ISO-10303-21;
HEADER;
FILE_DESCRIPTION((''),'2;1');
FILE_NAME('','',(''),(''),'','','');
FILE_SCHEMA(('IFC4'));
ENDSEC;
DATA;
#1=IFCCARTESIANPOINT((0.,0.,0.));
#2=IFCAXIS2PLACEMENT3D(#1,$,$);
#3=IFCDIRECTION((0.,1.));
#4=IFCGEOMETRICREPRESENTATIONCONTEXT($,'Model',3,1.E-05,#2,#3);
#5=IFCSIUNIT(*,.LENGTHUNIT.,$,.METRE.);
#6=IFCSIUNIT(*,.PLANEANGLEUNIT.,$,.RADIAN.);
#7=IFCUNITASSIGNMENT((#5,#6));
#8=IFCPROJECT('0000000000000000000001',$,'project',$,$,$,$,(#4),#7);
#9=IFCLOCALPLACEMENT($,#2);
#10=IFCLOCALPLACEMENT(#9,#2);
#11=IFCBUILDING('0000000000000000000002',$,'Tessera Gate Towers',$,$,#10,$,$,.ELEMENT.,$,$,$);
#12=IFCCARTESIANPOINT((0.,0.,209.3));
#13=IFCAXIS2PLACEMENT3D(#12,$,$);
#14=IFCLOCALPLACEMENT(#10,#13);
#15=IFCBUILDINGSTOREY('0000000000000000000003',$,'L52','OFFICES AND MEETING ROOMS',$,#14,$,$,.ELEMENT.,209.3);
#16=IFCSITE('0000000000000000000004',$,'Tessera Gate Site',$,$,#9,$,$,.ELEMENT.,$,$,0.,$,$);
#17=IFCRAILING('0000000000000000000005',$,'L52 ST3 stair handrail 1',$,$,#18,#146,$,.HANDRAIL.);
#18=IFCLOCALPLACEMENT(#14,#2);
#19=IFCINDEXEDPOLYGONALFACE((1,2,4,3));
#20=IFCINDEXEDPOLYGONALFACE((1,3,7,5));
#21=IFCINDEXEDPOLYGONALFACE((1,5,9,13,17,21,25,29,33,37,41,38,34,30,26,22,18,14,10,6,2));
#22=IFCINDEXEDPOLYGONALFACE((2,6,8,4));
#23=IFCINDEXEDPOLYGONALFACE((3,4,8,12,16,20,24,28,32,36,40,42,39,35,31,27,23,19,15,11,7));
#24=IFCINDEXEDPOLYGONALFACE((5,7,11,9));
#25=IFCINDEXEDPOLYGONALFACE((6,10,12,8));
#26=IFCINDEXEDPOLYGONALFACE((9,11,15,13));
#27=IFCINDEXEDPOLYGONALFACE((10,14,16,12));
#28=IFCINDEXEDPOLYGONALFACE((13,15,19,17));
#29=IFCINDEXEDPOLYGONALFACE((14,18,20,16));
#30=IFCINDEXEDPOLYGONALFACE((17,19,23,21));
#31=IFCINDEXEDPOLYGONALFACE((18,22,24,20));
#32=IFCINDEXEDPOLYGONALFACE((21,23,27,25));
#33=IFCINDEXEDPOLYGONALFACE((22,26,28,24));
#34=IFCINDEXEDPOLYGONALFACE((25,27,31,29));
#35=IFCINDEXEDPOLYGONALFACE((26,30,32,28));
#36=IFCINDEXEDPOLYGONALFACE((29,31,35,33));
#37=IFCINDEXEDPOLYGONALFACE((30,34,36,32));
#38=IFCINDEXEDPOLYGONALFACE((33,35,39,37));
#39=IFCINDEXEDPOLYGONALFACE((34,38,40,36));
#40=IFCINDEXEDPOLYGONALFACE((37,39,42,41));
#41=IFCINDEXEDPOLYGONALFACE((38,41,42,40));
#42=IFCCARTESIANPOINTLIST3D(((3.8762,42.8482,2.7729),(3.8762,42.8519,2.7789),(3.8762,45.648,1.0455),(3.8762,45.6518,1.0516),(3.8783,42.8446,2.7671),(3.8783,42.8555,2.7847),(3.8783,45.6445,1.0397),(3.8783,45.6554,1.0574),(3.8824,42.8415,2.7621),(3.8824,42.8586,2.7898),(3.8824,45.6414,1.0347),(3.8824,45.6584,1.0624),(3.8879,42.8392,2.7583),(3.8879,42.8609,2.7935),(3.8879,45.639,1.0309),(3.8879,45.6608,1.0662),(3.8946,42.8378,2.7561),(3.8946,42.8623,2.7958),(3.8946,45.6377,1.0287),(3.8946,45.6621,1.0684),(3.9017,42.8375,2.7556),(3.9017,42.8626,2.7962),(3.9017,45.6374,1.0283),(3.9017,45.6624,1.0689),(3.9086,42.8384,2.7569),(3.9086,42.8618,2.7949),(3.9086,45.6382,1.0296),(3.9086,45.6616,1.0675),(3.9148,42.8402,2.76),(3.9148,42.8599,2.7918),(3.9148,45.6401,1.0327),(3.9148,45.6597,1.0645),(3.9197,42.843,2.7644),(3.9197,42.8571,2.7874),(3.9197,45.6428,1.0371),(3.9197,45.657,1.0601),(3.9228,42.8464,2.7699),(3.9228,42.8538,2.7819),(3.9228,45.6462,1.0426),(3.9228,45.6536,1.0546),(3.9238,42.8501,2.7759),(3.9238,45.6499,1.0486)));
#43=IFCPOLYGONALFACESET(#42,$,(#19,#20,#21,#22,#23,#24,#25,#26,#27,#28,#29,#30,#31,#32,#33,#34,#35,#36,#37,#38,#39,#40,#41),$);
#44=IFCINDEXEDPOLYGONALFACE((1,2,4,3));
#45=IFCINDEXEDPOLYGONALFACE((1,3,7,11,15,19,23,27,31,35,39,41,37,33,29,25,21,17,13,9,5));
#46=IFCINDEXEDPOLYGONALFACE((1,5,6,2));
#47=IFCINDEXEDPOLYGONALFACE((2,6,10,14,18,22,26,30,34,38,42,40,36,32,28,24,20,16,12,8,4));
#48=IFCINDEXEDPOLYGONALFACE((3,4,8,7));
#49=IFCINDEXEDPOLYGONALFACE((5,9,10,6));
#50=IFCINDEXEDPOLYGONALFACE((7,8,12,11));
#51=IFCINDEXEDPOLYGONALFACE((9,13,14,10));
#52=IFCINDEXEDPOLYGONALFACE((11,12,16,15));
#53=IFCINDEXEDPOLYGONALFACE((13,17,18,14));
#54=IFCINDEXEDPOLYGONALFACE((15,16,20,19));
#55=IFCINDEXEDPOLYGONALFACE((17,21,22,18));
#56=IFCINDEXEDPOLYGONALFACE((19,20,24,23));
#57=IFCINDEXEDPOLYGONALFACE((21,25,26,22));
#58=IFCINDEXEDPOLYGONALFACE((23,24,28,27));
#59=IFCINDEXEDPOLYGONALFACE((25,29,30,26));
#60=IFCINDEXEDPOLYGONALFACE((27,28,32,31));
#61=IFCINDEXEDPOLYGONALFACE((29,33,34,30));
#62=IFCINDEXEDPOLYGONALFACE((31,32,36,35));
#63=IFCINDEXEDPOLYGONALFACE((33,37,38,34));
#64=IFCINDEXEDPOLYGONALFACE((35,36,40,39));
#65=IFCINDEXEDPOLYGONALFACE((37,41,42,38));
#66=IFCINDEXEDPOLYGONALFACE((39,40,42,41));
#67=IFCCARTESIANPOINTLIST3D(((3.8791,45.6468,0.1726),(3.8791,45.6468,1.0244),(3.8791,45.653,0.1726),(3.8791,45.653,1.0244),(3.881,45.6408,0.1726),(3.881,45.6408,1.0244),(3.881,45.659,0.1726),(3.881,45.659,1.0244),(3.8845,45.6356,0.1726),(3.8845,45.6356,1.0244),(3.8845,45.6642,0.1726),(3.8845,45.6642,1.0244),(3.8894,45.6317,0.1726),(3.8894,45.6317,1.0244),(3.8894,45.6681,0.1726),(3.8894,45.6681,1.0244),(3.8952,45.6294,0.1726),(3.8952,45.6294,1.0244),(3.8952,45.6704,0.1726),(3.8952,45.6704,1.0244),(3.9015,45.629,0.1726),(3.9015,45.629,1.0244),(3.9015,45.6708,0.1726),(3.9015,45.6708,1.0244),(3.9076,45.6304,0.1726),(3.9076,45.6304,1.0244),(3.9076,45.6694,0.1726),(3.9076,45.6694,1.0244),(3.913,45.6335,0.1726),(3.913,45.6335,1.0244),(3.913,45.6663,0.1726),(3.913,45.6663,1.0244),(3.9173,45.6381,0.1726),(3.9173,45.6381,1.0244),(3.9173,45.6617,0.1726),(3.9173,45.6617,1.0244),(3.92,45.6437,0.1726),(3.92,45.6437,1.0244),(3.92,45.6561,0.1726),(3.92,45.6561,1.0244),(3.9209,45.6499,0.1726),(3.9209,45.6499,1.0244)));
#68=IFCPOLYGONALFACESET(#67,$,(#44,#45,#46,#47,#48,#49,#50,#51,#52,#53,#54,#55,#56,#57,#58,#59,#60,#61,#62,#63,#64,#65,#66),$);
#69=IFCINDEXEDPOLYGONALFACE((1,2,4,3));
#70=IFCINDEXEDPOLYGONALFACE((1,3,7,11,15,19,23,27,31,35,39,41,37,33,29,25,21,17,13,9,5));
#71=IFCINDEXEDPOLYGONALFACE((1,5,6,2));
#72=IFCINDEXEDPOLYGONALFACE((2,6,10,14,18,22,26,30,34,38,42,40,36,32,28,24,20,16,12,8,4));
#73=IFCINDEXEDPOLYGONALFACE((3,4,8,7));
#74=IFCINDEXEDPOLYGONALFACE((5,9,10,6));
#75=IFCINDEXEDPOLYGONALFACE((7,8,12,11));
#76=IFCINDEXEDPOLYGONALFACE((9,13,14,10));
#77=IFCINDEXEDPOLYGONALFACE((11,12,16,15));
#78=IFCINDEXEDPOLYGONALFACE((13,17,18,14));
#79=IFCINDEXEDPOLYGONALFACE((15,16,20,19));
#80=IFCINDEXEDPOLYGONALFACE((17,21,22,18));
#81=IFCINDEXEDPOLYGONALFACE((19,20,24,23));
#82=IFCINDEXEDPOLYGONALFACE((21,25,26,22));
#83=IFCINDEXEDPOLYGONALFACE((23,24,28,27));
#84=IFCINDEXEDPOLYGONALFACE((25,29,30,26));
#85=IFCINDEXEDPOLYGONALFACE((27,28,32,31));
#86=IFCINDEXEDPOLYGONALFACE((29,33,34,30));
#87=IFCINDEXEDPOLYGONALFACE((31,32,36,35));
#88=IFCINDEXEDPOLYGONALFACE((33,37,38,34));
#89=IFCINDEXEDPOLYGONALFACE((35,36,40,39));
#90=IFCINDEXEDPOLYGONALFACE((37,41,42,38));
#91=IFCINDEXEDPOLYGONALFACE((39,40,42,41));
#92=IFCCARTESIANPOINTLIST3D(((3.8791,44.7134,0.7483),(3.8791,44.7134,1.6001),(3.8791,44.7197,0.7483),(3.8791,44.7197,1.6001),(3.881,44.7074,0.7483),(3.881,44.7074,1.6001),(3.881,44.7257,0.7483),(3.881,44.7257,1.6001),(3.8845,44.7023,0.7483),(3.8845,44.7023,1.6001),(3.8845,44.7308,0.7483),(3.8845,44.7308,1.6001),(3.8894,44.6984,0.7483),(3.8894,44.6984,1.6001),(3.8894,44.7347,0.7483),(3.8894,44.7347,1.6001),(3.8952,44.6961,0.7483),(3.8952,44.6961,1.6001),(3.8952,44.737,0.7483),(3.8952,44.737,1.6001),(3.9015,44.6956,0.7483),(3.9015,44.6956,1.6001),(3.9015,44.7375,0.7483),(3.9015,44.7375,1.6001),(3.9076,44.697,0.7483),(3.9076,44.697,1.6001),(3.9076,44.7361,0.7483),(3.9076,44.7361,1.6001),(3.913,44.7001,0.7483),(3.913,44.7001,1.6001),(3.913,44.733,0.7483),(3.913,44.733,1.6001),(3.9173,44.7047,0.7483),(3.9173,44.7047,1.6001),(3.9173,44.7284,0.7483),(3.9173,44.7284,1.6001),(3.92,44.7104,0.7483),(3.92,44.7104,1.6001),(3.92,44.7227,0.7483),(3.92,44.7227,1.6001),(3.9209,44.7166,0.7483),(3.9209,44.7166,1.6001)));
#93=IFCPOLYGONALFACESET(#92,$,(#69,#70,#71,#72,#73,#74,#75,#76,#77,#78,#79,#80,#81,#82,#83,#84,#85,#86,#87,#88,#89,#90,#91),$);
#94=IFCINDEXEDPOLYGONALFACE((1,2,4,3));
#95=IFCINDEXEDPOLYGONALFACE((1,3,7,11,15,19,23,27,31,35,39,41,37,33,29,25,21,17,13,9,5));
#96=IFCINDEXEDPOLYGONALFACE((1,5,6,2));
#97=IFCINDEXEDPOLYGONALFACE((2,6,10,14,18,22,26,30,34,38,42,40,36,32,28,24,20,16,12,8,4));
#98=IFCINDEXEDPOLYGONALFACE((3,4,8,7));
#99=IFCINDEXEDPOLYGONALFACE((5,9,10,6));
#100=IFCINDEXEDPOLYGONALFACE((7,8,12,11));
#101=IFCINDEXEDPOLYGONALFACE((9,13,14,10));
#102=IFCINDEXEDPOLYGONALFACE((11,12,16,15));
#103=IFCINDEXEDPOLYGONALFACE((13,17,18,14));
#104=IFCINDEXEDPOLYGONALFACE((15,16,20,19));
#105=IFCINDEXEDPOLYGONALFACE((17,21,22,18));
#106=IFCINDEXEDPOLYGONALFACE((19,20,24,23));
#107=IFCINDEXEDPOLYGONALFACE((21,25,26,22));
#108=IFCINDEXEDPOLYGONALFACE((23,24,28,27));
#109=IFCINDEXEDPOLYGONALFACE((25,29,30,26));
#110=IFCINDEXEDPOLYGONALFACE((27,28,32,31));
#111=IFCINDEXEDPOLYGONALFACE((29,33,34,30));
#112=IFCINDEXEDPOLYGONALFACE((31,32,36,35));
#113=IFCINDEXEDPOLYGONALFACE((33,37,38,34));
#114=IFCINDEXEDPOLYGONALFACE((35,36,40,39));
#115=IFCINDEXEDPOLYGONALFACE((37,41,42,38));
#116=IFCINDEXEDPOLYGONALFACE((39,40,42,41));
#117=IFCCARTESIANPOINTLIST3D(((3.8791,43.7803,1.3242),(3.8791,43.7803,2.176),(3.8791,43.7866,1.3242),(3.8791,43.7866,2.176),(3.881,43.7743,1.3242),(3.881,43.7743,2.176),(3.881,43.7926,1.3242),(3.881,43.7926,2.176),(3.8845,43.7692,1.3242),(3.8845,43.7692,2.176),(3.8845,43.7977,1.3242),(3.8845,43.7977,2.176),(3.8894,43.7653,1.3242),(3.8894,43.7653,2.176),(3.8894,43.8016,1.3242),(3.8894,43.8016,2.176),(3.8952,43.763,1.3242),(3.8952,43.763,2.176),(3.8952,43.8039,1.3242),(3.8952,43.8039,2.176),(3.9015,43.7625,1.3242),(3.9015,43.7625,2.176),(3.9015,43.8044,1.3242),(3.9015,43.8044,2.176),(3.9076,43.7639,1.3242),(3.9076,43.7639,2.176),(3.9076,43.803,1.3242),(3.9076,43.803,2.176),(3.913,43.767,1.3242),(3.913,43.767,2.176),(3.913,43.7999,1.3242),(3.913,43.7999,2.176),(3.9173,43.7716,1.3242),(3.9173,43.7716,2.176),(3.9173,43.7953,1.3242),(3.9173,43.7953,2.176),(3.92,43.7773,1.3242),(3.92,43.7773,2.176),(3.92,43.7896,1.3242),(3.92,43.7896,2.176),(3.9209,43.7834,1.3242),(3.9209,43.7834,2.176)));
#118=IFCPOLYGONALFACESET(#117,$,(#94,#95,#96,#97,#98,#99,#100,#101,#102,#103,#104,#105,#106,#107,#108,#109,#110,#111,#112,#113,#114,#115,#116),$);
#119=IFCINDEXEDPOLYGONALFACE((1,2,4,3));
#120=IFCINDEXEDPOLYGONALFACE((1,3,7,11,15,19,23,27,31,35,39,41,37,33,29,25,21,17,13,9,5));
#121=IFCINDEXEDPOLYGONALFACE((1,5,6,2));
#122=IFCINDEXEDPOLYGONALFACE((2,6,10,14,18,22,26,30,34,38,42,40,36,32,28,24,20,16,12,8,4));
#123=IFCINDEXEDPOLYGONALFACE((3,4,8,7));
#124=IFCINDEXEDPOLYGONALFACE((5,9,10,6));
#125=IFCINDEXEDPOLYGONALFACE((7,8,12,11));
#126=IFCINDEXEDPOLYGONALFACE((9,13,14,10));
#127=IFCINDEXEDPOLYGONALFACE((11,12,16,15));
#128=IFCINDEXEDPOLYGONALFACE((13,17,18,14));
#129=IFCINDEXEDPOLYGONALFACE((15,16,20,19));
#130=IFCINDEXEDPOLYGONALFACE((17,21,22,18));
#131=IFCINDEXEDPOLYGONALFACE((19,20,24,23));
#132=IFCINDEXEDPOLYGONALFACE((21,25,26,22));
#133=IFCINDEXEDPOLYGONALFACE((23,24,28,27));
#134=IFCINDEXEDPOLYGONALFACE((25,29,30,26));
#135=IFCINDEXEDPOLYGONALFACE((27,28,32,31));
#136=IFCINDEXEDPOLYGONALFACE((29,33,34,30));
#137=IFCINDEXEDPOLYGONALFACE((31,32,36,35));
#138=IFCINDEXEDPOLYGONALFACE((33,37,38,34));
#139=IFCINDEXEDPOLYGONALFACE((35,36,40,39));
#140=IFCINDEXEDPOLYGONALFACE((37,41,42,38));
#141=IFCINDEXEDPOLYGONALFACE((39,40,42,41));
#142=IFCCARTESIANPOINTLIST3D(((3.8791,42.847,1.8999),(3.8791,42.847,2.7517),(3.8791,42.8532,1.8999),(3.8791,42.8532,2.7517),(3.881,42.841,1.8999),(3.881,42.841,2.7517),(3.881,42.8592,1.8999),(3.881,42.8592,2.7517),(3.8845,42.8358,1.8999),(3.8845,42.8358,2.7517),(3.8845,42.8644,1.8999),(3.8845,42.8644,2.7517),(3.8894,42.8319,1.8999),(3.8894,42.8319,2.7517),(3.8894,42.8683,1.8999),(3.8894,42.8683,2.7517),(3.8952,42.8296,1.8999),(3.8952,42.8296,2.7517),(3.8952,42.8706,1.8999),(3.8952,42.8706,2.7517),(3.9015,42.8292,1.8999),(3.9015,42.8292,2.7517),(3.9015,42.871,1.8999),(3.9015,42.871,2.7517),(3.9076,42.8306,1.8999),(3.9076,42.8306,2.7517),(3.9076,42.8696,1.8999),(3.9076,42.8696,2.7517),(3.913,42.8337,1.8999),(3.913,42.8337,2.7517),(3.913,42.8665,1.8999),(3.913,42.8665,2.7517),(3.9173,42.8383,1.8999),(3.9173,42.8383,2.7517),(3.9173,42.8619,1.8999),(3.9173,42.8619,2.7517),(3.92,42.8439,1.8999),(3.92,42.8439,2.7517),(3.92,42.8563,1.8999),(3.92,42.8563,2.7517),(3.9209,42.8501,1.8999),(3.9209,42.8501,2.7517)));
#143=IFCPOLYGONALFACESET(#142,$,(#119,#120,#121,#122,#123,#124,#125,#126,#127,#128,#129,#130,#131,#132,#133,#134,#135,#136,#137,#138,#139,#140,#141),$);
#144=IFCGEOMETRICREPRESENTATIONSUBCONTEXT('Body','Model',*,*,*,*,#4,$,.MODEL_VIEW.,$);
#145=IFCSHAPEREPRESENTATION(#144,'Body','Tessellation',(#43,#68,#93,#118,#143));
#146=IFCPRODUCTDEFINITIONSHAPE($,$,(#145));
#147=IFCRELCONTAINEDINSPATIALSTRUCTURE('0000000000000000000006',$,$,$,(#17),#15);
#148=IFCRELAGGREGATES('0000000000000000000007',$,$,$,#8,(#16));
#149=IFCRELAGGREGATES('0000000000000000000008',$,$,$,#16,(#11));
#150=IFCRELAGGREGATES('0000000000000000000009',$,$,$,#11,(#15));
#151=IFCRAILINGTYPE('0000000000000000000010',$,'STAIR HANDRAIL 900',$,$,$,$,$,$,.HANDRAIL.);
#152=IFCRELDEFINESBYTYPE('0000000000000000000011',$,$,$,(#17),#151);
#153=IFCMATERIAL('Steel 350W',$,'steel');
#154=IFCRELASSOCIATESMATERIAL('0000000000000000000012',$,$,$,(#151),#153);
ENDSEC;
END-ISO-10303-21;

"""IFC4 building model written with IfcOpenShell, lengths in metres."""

from ifc_helpers import new_model, si_unit, direction, frame, origin, origin_2d, place, context, subcontext, project, spatial, circle, extrude, material, type_object, element, save


model = new_model("IFC4")

# Units and contexts
model_context = context("Model", 3, precision=1e-05, world=origin(), true_north=direction((0.0, 1.0)))
body_context = subcontext(model_context, "Body", "Model", "MODEL_VIEW")
ifc_project = project(units=[si_unit("LENGTHUNIT", "METRE"), si_unit("PLANEANGLEUNIT", "RADIAN")], contexts=[model_context])

# Site, building, storey
site_placement = place(None, origin())
site = spatial("IfcSite", under=ifc_project, at=site_placement, Name="Tessera Gate Site", CompositionType="ELEMENT", RefElevation=0.0)
building_placement = place(site_placement, origin())
building = spatial("IfcBuilding", under=site, at=building_placement, Name="Tessera Gate Towers", CompositionType="ELEMENT")
storey_placement = place(building_placement, frame((0.0, 0.0, 209.3)))
storey = spatial("IfcBuildingStorey", under=building, at=storey_placement, Name="L52", Description="OFFICES AND MEETING ROOMS", CompositionType="ELEMENT", Elevation=209.3)

# Railing
ifc_material_1 = material(Name="Steel 350W", Category="steel")
railing_type_1 = type_object("IfcRailingType", Name="STAIR HANDRAIL 900", PredefinedType="HANDRAIL", material=ifc_material_1)
railing_1_placement = place(storey_placement, frame((3.8999, 45.6499, 0.1726)))
element("IfcRailing", 1, at=railing_1_placement, inside=storey, type_object=railing_type_1, Name="L52 ST3 stair handrail 1", PredefinedType="HANDRAIL", context=body_context, shape_type="SweptSolid", body=[
    extrude(circle(Radius=0.0239, at=origin_2d()), frame((0.0, 0.0, 0.876), z_axis=(0.0, -0.851069, 0.525054), x_axis=(1.0, 0.0, 0.0)), (0.0, 0.0, 1.0), 3.2898),
    extrude(circle(Radius=0.021, at=origin_2d()), origin(), (0.0, 0.0, 1.0), 0.8518),
    extrude(circle(Radius=0.021, at=origin_2d()), frame((0.0, -0.9333, 0.5757)), (0.0, 0.0, 1.0), 0.8518),
    extrude(circle(Radius=0.021, at=origin_2d()), frame((0.0, -1.8665, 1.1516)), (0.0, 0.0, 1.0), 0.8518),
    extrude(circle(Radius=0.021, at=origin_2d()), frame((0.0, -2.7998, 1.7273)), (0.0, 0.0, 1.0), 0.8518),
])

save(model, "model.ifc")
